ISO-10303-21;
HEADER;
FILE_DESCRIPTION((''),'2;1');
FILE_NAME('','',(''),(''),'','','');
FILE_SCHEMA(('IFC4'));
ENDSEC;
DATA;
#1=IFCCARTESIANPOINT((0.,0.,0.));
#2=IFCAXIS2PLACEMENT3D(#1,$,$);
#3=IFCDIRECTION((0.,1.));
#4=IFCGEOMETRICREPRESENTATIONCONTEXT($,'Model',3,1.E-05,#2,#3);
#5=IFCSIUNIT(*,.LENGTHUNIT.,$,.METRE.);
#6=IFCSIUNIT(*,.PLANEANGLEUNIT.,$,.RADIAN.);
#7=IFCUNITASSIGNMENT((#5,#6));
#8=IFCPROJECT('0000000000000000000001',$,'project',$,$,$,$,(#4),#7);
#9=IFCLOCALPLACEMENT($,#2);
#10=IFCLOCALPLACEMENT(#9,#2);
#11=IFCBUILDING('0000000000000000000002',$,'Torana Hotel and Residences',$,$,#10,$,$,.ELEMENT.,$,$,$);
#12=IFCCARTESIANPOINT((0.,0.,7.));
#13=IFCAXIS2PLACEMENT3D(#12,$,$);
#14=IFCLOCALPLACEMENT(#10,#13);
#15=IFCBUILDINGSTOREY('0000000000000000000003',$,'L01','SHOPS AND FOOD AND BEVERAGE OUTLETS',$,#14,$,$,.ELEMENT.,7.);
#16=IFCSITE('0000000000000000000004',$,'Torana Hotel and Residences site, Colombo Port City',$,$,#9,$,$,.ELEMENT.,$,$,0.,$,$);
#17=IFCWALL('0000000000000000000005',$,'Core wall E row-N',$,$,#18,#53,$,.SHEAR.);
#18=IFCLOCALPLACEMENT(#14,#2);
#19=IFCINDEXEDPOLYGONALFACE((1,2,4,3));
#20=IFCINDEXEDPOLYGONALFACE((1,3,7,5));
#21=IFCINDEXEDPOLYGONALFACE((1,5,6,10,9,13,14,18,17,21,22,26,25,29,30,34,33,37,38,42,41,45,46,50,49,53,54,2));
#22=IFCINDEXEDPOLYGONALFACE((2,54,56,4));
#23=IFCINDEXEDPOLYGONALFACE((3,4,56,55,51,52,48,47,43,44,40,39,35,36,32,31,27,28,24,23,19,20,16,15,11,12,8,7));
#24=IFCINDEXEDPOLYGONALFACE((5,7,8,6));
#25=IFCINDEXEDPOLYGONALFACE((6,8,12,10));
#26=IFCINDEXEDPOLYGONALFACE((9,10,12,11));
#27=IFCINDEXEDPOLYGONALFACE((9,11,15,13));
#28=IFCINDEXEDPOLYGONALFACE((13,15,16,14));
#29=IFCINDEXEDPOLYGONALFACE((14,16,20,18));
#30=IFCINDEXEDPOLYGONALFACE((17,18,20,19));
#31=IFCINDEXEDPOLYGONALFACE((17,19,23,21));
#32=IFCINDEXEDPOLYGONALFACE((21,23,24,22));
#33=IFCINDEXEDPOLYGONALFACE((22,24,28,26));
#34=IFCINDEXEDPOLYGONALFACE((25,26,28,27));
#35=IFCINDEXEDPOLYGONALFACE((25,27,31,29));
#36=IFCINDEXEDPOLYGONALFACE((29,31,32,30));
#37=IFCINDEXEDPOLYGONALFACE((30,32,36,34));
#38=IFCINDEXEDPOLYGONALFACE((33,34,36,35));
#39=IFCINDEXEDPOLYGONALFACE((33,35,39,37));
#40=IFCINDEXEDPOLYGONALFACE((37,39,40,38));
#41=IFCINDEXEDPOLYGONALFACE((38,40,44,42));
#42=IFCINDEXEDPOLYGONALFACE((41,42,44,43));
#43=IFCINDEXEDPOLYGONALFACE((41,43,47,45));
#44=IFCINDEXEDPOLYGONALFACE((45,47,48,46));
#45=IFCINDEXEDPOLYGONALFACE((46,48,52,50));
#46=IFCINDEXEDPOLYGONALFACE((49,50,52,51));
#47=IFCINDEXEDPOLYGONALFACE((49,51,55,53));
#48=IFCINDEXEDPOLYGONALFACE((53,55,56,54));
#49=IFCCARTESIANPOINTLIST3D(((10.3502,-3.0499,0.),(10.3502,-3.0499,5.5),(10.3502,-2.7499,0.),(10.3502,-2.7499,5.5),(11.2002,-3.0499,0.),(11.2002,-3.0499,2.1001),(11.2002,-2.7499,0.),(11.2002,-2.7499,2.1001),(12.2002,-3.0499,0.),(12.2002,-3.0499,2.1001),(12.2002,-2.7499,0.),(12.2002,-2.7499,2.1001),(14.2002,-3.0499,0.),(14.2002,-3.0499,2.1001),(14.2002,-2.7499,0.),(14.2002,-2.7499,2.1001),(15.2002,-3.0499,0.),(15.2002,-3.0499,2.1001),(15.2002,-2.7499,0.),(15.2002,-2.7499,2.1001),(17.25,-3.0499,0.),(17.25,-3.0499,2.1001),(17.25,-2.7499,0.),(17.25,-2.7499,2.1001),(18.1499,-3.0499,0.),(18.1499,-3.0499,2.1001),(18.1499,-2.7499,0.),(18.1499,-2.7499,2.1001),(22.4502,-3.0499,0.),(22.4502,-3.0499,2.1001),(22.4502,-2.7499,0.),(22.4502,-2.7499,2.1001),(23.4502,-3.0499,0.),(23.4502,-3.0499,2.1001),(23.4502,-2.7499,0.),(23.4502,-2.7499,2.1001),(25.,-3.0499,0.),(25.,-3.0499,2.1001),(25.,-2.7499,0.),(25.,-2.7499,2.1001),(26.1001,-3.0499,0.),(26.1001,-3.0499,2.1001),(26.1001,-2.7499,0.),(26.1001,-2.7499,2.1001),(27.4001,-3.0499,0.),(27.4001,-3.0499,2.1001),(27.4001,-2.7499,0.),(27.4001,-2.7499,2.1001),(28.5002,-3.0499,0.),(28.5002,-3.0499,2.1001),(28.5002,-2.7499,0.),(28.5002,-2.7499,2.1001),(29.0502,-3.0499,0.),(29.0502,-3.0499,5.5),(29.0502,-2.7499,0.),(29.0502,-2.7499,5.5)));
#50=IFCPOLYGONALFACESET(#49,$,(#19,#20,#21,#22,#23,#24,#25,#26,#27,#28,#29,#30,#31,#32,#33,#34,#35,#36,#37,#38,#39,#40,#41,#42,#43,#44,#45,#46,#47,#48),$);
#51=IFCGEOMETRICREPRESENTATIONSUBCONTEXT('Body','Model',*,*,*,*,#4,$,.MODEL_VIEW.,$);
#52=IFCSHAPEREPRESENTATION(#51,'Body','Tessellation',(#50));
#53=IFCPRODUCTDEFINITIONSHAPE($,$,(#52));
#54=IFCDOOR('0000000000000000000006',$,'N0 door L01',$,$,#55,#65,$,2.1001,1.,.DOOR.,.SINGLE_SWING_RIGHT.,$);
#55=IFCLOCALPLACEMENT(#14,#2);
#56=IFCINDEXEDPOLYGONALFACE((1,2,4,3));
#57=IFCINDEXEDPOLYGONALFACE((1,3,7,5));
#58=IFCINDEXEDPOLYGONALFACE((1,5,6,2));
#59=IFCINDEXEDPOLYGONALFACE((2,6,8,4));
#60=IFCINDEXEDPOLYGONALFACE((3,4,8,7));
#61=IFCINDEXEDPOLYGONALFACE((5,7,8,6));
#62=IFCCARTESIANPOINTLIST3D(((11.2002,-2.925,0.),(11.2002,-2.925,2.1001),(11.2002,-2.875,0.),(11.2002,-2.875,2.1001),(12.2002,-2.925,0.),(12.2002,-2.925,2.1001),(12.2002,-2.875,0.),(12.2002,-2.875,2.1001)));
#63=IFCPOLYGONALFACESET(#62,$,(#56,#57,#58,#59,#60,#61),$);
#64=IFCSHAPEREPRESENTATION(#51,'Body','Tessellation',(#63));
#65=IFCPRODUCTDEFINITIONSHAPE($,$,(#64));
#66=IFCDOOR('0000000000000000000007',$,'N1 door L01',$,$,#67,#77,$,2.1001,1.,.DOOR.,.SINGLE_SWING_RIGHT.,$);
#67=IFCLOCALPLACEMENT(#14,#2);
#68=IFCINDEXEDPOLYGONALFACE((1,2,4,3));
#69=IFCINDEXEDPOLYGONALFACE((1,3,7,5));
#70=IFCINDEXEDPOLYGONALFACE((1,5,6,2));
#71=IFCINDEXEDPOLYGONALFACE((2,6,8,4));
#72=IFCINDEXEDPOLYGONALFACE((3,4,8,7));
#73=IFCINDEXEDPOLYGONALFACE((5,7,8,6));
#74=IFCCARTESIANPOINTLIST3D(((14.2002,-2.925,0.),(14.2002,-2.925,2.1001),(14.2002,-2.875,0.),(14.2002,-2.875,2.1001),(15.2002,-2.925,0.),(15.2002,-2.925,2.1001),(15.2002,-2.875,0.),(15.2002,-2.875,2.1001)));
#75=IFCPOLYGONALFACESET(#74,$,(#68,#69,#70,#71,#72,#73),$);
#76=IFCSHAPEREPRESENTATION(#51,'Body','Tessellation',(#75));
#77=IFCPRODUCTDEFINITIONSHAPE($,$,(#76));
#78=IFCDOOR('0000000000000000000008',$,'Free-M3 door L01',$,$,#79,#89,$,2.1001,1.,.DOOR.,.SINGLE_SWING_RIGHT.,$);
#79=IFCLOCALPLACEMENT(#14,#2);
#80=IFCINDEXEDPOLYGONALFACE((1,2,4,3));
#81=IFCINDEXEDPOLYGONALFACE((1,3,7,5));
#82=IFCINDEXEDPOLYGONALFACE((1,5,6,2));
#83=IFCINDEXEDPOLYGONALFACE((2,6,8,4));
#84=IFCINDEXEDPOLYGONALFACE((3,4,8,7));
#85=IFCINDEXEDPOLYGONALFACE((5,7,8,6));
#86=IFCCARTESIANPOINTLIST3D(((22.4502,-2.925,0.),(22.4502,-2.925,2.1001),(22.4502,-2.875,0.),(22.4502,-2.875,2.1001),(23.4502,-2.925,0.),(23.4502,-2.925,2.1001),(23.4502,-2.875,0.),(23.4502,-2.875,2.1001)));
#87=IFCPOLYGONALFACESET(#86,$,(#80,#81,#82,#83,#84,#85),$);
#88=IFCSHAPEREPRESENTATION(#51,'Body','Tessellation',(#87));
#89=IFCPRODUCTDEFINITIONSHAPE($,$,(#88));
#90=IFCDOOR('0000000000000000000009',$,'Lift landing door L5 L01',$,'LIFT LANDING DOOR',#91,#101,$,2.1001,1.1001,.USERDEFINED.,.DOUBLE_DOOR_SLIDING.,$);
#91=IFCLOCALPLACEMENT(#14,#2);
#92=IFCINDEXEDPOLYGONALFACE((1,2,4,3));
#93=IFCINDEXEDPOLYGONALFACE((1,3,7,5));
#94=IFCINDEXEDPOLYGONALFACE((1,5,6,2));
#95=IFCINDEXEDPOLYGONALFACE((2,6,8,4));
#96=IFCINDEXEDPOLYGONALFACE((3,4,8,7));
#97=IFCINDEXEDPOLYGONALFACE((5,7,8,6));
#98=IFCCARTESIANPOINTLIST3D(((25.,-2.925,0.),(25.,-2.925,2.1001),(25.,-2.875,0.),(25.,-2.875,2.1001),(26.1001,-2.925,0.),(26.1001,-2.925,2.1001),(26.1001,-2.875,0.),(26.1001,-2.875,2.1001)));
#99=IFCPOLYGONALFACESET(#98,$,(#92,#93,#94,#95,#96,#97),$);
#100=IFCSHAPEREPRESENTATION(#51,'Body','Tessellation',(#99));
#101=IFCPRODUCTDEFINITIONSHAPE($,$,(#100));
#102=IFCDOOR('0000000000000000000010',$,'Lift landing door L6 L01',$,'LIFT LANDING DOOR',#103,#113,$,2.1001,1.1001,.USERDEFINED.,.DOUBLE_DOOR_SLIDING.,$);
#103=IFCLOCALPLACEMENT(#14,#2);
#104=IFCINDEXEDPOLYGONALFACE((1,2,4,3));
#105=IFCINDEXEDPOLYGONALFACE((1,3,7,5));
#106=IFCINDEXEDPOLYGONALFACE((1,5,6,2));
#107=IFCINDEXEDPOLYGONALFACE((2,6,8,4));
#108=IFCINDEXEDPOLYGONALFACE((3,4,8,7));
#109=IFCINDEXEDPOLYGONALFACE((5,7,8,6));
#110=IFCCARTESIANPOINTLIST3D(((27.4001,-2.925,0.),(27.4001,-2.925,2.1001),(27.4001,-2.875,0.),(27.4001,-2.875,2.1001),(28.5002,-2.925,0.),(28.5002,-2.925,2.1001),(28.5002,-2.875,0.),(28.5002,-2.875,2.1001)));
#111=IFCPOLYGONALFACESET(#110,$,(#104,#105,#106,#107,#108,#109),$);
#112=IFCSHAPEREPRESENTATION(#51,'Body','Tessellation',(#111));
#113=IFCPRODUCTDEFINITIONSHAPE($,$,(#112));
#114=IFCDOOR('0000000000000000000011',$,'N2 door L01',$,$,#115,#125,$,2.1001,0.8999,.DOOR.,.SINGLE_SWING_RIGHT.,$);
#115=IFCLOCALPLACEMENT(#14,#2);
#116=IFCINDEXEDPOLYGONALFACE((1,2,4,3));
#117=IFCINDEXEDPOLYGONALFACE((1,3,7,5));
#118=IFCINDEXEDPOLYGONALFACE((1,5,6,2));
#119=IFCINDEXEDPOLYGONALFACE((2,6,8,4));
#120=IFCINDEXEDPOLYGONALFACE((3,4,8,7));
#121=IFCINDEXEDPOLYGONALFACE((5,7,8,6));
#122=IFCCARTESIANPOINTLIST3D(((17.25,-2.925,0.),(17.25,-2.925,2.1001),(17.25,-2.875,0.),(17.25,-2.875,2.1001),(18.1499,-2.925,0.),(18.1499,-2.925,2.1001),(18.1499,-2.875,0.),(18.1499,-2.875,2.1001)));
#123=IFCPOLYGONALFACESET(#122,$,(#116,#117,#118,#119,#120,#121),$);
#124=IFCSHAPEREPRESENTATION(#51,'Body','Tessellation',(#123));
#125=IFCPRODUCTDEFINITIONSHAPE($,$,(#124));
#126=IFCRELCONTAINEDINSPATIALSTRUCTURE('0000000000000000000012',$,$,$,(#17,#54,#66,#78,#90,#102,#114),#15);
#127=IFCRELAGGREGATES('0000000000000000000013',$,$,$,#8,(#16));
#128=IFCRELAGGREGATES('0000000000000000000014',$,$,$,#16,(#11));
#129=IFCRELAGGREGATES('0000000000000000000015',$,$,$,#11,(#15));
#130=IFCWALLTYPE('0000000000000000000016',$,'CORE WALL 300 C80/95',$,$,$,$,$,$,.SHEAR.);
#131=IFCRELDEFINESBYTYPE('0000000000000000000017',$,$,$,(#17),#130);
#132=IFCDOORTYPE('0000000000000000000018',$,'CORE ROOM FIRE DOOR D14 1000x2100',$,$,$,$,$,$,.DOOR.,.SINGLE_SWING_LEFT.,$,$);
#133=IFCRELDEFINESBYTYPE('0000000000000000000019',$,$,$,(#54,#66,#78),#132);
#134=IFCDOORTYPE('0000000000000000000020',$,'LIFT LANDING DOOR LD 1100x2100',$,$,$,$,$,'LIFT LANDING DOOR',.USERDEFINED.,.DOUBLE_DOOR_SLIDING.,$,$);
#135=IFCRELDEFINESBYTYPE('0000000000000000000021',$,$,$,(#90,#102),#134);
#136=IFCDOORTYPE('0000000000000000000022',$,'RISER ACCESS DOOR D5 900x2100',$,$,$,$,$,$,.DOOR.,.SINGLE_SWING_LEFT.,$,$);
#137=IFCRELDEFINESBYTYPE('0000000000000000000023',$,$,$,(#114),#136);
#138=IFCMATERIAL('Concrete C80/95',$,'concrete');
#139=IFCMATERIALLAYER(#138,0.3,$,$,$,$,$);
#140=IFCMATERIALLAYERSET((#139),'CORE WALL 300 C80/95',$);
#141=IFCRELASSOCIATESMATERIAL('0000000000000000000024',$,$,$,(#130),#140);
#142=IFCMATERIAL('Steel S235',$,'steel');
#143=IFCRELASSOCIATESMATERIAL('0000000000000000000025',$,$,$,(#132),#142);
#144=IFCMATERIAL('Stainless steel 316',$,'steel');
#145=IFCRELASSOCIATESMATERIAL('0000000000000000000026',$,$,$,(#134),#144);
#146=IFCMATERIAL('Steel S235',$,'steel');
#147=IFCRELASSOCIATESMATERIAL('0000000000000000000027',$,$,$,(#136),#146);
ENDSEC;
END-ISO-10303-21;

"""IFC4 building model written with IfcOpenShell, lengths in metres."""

from ifc_helpers import new_model, si_unit, direction, frame, frame_2d, origin, place, context, subcontext, project, spatial, rectangle, extrude, material, layer, layer_set, type_object, element, fill, save


model = new_model("IFC4")

# Units and contexts
model_context = context("Model", 3, precision=1e-05, world=origin(), true_north=direction((0.0, 1.0)))
body_context = subcontext(model_context, "Body", "Model", "MODEL_VIEW")
ifc_project = project(units=[si_unit("LENGTHUNIT", "METRE"), si_unit("PLANEANGLEUNIT", "RADIAN")], contexts=[model_context])

# Site, building, storey
site_placement = place(None, origin())
site = spatial("IfcSite", under=ifc_project, at=site_placement, Name="Torana Hotel and Residences site, Colombo Port City", CompositionType="ELEMENT", RefElevation=0.0)
building_placement = place(site_placement, origin())
building = spatial("IfcBuilding", under=site, at=building_placement, Name="Torana Hotel and Residences", CompositionType="ELEMENT")
storey_placement = place(building_placement, frame((0.0, 0.0, 7.0)))
storey = spatial("IfcBuildingStorey", under=building, at=storey_placement, Name="L01", Description="SHOPS AND FOOD AND BEVERAGE OUTLETS", CompositionType="ELEMENT", Elevation=7.0)

# Wall, openings, doors
ifc_material_1 = material(Name="Concrete C80/95", Category="concrete")
ifc_layer_1 = layer(ifc_material_1, 0.3)
ifc_layer_set_1 = layer_set([ifc_layer_1], Name="CORE WALL 300 C80/95")
wall_type_1 = type_object("IfcWallType", Name="CORE WALL 300 C80/95", PredefinedType="SHEAR", material=ifc_layer_set_1)
wall_1_placement = place(storey_placement, frame((10.3501, -2.8999, 0.0), z_axis=(0.0, 0.0, 1.0), x_axis=(1.0, 0.0, 0.0)))
wall_1 = element("IfcWall", 1, at=wall_1_placement, inside=storey, type_object=wall_type_1, Name="Core wall E row-N", PredefinedType="SHEAR", context=body_context, shape_type="SweptSolid", body=[
    extrude(rectangle(XDim=18.7, YDim=0.3, at=frame_2d((9.3501, 0.0))), origin(), (0.0, 0.0, 1.0), 5.5),
])
opening_1_placement = place(wall_1_placement, frame((14.6499, 0.0, 0.0)))
opening_1 = element("IfcOpeningElement", 2, at=opening_1_placement, cuts=wall_1, PredefinedType="OPENING", context=body_context, shape_type="SweptSolid", body=[
    extrude(rectangle(XDim=1.1001, YDim=2.1001, at=frame_2d((0.55, 1.05))), frame((0.0, 0.1599, 0.0), z_axis=(0.0, -1.0, 0.0), x_axis=(1.0, 0.0, 0.0)), (0.0, 0.0, 1.0), 0.3201),
])
opening_2_placement = place(wall_1_placement, frame((17.05, 0.0, 0.0)))
opening_2 = element("IfcOpeningElement", 3, at=opening_2_placement, cuts=wall_1, PredefinedType="OPENING", context=body_context, shape_type="SweptSolid", body=[
    extrude(rectangle(XDim=1.1001, YDim=2.1001, at=frame_2d((0.55, 1.05))), frame((0.0, 0.1599, 0.0), z_axis=(0.0, -1.0, 0.0), x_axis=(1.0, 0.0, 0.0)), (0.0, 0.0, 1.0), 0.3201),
])
opening_3_placement = place(wall_1_placement, frame((6.8999, 0.0, 0.0)))
opening_3 = element("IfcOpeningElement", 4, at=opening_3_placement, cuts=wall_1, PredefinedType="OPENING", context=body_context, shape_type="SweptSolid", body=[
    extrude(rectangle(XDim=0.8999, YDim=2.1001, at=frame_2d((0.45, 1.05))), frame((0.0, 0.1599, 0.0), z_axis=(0.0, -1.0, 0.0), x_axis=(1.0, 0.0, 0.0)), (0.0, 0.0, 1.0), 0.3201),
])
opening_4_placement = place(wall_1_placement, frame((0.8501, 0.0, 0.0)))
opening_4 = element("IfcOpeningElement", 5, at=opening_4_placement, cuts=wall_1, PredefinedType="OPENING", context=body_context, shape_type="SweptSolid", body=[
    extrude(rectangle(XDim=1.0, YDim=2.1001, at=frame_2d((0.5, 1.05))), frame((0.0, 0.1599, 0.0), z_axis=(0.0, -1.0, 0.0), x_axis=(1.0, 0.0, 0.0)), (0.0, 0.0, 1.0), 0.3201),
])
opening_5_placement = place(wall_1_placement, frame((3.8501, 0.0, 0.0)))
opening_5 = element("IfcOpeningElement", 6, at=opening_5_placement, cuts=wall_1, PredefinedType="OPENING", context=body_context, shape_type="SweptSolid", body=[
    extrude(rectangle(XDim=1.0, YDim=2.1001, at=frame_2d((0.5, 1.05))), frame((0.0, 0.1599, 0.0), z_axis=(0.0, -1.0, 0.0), x_axis=(1.0, 0.0, 0.0)), (0.0, 0.0, 1.0), 0.3201),
])
opening_6_placement = place(wall_1_placement, frame((12.1001, 0.0, 0.0)))
opening_6 = element("IfcOpeningElement", 7, at=opening_6_placement, cuts=wall_1, PredefinedType="OPENING", context=body_context, shape_type="SweptSolid", body=[
    extrude(rectangle(XDim=1.0, YDim=2.1001, at=frame_2d((0.5, 1.05))), frame((0.0, 0.1599, 0.0), z_axis=(0.0, -1.0, 0.0), x_axis=(1.0, 0.0, 0.0)), (0.0, 0.0, 1.0), 0.3201),
])
ifc_material_2 = material(Name="Steel S235", Category="steel")
door_type_1 = type_object("IfcDoorType", Name="CORE ROOM FIRE DOOR D14 1000x2100", OperationType="SINGLE_SWING_LEFT", PredefinedType="DOOR", material=ifc_material_2)
door_1_placement = place(opening_4_placement, origin())
door_1 = element("IfcDoor", 8, at=door_1_placement, inside=storey, type_object=door_type_1, Name="N0 door L01", OperationType="SINGLE_SWING_RIGHT", OverallHeight=2.1001, OverallWidth=1.0, PredefinedType="DOOR", context=body_context, shape_type="SweptSolid", body=[
    extrude(rectangle(XDim=1.0, YDim=2.1001, at=frame_2d((0.5, 1.05))), frame((0.0, 0.0249, 0.0), z_axis=(0.0, -1.0, 0.0), x_axis=(1.0, 0.0, 0.0)), (0.0, 0.0, 1.0), 0.05),
])
fill(opening_4, door_1)
door_2_placement = place(opening_5_placement, origin())
door_2 = element("IfcDoor", 9, at=door_2_placement, inside=storey, type_object=door_type_1, Name="N1 door L01", OperationType="SINGLE_SWING_RIGHT", OverallHeight=2.1001, OverallWidth=1.0, PredefinedType="DOOR", context=body_context, shape_type="SweptSolid", body=[
    extrude(rectangle(XDim=1.0, YDim=2.1001, at=frame_2d((0.5, 1.05))), frame((0.0, 0.0249, 0.0), z_axis=(0.0, -1.0, 0.0), x_axis=(1.0, 0.0, 0.0)), (0.0, 0.0, 1.0), 0.05),
])
fill(opening_5, door_2)
door_3_placement = place(opening_6_placement, origin())
door_3 = element("IfcDoor", 10, at=door_3_placement, inside=storey, type_object=door_type_1, Name="Free-M3 door L01", OperationType="SINGLE_SWING_RIGHT", OverallHeight=2.1001, OverallWidth=1.0, PredefinedType="DOOR", context=body_context, shape_type="SweptSolid", body=[
    extrude(rectangle(XDim=1.0, YDim=2.1001, at=frame_2d((0.5, 1.05))), frame((0.0, 0.0249, 0.0), z_axis=(0.0, -1.0, 0.0), x_axis=(1.0, 0.0, 0.0)), (0.0, 0.0, 1.0), 0.05),
])
fill(opening_6, door_3)
ifc_material_3 = material(Name="Stainless steel 316", Category="steel")
door_type_2 = type_object("IfcDoorType", Name="LIFT LANDING DOOR LD 1100x2100", ElementType="LIFT LANDING DOOR", OperationType="DOUBLE_DOOR_SLIDING", PredefinedType="USERDEFINED", material=ifc_material_3)
door_4_placement = place(opening_1_placement, origin())
door_4 = element("IfcDoor", 11, at=door_4_placement, inside=storey, type_object=door_type_2, Name="Lift landing door L5 L01", ObjectType="LIFT LANDING DOOR", OperationType="DOUBLE_DOOR_SLIDING", OverallHeight=2.1001, OverallWidth=1.1001, PredefinedType="USERDEFINED", context=body_context, shape_type="SweptSolid", body=[
    extrude(rectangle(XDim=1.1001, YDim=2.1001, at=frame_2d((0.55, 1.05))), frame((0.0, 0.0249, 0.0), z_axis=(0.0, -1.0, 0.0), x_axis=(1.0, 0.0, 0.0)), (0.0, 0.0, 1.0), 0.05),
])
fill(opening_1, door_4)
door_5_placement = place(opening_2_placement, origin())
door_5 = element("IfcDoor", 12, at=door_5_placement, inside=storey, type_object=door_type_2, Name="Lift landing door L6 L01", ObjectType="LIFT LANDING DOOR", OperationType="DOUBLE_DOOR_SLIDING", OverallHeight=2.1001, OverallWidth=1.1001, PredefinedType="USERDEFINED", context=body_context, shape_type="SweptSolid", body=[
    extrude(rectangle(XDim=1.1001, YDim=2.1001, at=frame_2d((0.55, 1.05))), frame((0.0, 0.0249, 0.0), z_axis=(0.0, -1.0, 0.0), x_axis=(1.0, 0.0, 0.0)), (0.0, 0.0, 1.0), 0.05),
])
fill(opening_2, door_5)
ifc_material_4 = material(Name="Steel S235", Category="steel")
door_type_3 = type_object("IfcDoorType", Name="RISER ACCESS DOOR D5 900x2100", OperationType="SINGLE_SWING_LEFT", PredefinedType="DOOR", material=ifc_material_4)
door_6_placement = place(opening_3_placement, origin())
door_6 = element("IfcDoor", 13, at=door_6_placement, inside=storey, type_object=door_type_3, Name="N2 door L01", OperationType="SINGLE_SWING_RIGHT", OverallHeight=2.1001, OverallWidth=0.8999, PredefinedType="DOOR", context=body_context, shape_type="SweptSolid", body=[
    extrude(rectangle(XDim=0.8999, YDim=2.1001, at=frame_2d((0.45, 1.05))), frame((0.0, 0.0249, 0.0), z_axis=(0.0, -1.0, 0.0), x_axis=(1.0, 0.0, 0.0)), (0.0, 0.0, 1.0), 0.05),
])
fill(opening_3, door_6)

save(model, "model.ifc")
